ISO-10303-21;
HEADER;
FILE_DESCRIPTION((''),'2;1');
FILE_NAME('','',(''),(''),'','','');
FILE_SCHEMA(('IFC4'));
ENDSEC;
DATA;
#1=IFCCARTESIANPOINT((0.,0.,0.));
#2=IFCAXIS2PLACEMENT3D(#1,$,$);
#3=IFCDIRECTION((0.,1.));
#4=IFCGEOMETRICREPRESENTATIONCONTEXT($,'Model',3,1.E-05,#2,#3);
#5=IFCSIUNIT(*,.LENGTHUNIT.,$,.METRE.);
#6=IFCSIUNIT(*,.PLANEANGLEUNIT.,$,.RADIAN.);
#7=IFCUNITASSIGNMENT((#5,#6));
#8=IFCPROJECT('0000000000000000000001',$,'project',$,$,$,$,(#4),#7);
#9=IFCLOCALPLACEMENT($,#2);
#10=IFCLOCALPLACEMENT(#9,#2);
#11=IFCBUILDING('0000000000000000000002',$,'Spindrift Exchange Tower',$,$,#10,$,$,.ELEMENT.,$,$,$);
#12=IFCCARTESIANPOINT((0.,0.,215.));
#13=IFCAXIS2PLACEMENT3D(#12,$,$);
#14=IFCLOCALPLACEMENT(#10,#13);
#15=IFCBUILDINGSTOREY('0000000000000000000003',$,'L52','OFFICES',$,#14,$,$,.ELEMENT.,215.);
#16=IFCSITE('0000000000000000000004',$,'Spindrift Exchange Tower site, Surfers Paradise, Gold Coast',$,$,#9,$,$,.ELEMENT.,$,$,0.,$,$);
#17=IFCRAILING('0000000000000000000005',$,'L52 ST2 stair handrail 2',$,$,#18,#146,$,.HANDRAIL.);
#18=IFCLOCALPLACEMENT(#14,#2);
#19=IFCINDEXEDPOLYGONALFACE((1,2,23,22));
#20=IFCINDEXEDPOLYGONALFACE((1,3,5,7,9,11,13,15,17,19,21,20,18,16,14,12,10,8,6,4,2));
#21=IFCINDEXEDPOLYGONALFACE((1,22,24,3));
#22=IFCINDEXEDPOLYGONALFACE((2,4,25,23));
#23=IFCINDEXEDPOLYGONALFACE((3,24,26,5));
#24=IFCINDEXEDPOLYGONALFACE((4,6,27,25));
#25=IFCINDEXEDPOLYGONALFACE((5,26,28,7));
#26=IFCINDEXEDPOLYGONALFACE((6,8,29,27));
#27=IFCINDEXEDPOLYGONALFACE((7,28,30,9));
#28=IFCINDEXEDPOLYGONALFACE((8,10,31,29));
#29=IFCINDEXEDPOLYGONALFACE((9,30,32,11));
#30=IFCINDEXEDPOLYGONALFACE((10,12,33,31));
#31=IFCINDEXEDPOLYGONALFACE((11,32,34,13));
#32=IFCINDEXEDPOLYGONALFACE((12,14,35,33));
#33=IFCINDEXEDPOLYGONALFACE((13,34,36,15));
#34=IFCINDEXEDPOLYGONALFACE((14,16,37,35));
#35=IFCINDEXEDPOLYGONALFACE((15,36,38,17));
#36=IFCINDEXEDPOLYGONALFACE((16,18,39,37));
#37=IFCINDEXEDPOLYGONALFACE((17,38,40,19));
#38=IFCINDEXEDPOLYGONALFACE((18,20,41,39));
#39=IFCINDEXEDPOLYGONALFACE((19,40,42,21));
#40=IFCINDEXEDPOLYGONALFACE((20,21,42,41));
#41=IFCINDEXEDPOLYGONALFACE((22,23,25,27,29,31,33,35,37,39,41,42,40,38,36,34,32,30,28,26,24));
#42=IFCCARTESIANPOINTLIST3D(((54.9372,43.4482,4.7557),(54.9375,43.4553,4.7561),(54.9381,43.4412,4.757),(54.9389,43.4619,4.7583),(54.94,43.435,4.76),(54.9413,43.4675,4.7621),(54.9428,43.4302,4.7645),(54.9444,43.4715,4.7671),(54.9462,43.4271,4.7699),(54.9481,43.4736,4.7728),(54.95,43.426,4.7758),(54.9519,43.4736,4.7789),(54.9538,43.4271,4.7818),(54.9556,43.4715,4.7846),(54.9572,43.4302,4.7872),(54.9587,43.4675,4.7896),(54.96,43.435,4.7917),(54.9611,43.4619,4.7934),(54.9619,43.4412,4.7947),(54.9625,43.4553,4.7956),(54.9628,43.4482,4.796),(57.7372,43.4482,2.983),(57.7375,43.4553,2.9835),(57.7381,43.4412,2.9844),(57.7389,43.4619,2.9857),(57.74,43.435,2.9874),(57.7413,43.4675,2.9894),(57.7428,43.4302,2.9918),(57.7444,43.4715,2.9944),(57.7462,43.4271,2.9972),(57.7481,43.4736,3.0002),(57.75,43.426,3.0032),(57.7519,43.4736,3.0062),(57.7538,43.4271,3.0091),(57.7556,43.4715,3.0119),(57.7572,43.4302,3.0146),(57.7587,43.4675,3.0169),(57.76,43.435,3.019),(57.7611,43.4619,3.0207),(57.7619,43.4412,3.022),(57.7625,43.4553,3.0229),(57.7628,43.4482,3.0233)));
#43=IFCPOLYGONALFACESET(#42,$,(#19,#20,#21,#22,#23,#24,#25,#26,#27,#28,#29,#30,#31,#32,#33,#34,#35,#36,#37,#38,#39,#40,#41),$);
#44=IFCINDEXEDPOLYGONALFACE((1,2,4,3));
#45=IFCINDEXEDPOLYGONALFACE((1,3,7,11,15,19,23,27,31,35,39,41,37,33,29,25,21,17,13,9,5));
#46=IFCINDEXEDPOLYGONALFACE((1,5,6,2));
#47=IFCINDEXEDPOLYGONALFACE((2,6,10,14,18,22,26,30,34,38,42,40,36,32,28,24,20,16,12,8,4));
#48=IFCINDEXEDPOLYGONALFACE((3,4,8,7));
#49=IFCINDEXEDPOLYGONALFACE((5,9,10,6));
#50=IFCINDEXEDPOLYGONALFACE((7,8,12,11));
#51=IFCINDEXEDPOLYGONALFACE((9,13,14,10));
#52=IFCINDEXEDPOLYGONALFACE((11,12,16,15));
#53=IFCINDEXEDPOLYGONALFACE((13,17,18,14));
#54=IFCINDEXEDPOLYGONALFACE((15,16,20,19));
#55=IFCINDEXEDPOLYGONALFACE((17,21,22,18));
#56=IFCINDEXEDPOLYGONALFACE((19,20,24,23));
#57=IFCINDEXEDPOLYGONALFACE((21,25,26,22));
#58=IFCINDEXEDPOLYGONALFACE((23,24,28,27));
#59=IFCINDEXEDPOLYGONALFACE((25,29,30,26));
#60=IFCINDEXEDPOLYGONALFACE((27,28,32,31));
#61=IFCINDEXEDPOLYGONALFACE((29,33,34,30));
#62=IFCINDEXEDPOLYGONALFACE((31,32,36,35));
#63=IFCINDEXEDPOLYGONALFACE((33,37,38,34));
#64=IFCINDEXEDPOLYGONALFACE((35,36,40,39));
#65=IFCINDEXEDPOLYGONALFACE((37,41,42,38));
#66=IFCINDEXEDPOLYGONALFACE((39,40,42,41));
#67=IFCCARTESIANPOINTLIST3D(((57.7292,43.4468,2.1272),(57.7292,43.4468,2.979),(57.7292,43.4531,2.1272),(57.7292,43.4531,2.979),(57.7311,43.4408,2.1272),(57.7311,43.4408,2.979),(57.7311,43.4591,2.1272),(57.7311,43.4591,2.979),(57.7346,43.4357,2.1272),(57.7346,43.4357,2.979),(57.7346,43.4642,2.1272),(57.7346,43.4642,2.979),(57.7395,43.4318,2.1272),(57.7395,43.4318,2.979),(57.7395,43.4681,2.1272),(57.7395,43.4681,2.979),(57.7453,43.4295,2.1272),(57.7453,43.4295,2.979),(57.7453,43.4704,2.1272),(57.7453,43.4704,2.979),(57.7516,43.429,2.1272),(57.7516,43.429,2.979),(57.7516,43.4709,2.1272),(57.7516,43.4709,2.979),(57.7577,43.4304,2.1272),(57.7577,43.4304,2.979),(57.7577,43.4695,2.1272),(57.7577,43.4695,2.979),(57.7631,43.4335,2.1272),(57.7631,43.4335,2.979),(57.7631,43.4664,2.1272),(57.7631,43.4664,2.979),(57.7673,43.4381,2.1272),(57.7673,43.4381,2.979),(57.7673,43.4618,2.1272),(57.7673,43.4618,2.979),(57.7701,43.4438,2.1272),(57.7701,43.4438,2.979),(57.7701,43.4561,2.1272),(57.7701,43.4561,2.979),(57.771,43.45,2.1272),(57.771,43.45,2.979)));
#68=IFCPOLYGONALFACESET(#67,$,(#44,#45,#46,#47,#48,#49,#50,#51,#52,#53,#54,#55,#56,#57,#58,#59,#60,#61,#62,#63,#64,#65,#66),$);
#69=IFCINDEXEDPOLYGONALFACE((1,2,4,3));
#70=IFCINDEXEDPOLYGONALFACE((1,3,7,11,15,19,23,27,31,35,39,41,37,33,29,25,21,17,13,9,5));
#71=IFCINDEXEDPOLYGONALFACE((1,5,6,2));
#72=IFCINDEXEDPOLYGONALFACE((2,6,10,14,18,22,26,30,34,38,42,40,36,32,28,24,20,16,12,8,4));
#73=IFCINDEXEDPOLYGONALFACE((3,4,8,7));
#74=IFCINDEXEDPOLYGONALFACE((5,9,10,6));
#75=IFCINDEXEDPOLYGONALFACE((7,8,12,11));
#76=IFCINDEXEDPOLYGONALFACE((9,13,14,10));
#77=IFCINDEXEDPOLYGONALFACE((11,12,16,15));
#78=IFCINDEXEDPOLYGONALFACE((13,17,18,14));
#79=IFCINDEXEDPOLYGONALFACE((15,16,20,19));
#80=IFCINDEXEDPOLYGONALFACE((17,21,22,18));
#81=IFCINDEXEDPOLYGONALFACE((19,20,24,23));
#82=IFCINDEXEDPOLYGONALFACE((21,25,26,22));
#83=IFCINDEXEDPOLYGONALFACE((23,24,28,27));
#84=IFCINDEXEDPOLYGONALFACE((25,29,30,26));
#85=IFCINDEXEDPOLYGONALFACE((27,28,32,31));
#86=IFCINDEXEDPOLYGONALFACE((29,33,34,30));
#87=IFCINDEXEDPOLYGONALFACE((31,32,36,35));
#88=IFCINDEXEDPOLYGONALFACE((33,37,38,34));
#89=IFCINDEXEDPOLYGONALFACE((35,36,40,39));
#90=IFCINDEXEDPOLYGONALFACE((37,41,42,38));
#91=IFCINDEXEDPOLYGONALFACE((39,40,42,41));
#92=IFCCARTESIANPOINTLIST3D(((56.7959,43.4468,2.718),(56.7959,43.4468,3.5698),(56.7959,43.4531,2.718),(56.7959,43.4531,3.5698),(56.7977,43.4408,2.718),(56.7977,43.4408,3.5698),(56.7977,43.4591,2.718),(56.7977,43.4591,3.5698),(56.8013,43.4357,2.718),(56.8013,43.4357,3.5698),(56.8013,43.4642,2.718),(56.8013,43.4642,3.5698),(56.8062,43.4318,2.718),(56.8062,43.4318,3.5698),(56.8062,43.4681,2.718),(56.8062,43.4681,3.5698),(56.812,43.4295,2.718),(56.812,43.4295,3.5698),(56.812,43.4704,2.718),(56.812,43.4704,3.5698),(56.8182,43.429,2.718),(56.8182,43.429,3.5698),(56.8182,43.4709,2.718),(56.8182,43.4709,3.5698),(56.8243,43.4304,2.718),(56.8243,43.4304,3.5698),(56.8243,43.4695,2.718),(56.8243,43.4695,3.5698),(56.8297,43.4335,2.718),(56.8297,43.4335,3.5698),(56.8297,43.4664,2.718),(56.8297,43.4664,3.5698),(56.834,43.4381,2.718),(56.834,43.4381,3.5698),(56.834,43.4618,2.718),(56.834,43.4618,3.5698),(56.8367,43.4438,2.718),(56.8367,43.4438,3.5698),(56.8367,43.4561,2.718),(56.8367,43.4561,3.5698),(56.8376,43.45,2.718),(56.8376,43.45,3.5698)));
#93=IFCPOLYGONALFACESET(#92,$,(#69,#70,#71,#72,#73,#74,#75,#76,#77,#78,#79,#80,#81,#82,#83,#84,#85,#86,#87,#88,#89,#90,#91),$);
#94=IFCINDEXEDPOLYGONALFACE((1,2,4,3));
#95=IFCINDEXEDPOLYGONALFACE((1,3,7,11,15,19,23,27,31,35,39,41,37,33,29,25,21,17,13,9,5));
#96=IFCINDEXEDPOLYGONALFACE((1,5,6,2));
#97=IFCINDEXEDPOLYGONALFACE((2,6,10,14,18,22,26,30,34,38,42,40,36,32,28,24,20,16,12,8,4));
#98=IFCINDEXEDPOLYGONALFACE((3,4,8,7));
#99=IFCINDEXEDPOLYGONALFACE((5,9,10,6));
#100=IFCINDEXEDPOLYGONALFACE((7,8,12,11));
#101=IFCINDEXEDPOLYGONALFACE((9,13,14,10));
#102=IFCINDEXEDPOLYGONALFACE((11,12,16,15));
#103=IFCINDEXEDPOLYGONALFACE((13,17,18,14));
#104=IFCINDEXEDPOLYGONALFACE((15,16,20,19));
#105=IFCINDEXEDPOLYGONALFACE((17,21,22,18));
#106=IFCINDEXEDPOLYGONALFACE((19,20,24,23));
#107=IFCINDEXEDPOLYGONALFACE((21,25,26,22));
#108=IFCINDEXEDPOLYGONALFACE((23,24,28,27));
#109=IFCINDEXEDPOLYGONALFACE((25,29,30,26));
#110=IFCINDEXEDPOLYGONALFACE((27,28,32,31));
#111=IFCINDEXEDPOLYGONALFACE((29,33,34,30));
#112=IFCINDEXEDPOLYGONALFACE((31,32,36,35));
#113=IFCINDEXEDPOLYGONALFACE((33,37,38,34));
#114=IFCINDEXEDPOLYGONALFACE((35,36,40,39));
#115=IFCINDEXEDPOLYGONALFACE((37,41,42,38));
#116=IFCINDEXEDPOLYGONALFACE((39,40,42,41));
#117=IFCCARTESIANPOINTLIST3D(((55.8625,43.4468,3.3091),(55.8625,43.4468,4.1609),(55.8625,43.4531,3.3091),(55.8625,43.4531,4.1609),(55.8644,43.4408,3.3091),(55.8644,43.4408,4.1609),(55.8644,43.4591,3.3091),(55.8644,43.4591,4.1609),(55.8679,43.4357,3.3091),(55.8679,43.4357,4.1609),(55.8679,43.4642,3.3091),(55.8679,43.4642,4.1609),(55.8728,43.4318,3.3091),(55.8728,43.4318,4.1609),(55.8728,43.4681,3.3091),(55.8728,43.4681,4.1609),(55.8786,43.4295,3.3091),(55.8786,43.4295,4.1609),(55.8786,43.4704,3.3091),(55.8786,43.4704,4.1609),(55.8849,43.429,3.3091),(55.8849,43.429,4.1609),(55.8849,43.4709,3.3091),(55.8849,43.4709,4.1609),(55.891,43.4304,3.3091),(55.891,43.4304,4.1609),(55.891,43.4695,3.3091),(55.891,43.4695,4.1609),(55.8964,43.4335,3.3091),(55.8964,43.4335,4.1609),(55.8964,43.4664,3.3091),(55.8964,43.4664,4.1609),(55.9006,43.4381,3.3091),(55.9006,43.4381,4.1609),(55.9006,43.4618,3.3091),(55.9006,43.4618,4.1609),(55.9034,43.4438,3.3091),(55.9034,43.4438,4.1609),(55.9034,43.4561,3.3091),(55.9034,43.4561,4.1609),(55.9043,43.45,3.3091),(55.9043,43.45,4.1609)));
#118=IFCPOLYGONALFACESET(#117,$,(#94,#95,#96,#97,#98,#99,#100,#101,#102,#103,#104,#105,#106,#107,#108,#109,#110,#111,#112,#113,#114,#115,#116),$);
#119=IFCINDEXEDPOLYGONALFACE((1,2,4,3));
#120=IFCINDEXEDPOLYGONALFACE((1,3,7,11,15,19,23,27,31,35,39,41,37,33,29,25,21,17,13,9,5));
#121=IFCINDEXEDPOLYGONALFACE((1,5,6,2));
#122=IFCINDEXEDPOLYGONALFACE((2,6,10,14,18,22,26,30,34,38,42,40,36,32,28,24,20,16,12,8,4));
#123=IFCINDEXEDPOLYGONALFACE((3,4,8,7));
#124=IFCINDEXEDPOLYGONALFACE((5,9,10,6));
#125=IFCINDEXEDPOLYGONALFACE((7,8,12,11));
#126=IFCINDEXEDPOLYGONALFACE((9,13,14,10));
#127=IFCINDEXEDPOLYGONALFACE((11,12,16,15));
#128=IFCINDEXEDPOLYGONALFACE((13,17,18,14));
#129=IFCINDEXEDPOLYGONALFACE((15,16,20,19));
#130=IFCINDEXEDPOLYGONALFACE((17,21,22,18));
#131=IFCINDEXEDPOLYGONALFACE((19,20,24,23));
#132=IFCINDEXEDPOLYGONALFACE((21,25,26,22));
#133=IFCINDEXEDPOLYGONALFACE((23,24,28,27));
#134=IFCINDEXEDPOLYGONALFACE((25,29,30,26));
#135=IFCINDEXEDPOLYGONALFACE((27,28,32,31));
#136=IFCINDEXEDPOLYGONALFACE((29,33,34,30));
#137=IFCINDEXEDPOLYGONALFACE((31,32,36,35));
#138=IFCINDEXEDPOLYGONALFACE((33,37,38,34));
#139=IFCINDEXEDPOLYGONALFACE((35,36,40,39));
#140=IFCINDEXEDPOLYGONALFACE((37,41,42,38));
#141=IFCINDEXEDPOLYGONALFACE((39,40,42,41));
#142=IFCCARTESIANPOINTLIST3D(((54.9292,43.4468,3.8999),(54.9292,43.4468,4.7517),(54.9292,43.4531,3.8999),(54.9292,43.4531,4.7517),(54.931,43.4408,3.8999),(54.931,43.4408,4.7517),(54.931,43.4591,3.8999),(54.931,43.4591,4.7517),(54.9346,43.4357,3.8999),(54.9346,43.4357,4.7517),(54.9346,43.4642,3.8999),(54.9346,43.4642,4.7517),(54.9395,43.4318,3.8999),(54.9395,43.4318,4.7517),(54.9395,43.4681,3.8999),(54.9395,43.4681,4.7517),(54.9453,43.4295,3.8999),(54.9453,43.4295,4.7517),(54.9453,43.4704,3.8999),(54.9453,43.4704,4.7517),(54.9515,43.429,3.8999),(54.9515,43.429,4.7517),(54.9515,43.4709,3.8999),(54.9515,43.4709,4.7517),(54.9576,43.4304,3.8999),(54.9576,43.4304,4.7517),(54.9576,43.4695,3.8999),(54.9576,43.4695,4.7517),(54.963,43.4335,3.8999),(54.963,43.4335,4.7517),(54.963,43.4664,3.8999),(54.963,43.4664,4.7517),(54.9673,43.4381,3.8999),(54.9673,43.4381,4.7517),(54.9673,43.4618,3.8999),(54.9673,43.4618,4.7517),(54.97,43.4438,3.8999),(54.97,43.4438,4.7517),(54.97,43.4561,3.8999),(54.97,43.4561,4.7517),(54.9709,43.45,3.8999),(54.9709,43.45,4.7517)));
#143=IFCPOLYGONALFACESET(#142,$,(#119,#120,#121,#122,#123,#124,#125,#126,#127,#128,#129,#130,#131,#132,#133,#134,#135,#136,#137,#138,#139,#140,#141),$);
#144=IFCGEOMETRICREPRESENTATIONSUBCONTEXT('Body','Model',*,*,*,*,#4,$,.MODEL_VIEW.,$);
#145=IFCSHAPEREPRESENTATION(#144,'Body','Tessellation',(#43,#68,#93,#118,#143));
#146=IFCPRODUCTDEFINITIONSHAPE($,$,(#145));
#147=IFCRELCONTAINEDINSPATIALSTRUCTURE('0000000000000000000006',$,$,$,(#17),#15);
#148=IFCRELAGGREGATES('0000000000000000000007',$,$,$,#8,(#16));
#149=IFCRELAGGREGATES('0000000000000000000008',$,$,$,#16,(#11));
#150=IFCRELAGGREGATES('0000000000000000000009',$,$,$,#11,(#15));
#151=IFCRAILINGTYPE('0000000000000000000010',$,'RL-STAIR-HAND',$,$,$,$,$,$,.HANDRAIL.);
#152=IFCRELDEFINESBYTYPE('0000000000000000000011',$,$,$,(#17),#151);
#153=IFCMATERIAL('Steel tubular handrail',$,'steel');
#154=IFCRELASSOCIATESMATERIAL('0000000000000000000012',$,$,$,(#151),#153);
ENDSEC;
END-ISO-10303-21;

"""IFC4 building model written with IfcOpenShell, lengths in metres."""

from ifc_helpers import new_model, si_unit, direction, frame, origin, origin_2d, place, context, subcontext, project, spatial, circle, extrude, material, type_object, element, save


model = new_model("IFC4")

# Units and contexts
model_context = context("Model", 3, precision=1e-05, world=origin(), true_north=direction((0.0, 1.0)))
body_context = subcontext(model_context, "Body", "Model", "MODEL_VIEW")
ifc_project = project(units=[si_unit("LENGTHUNIT", "METRE"), si_unit("PLANEANGLEUNIT", "RADIAN")], contexts=[model_context])

# Site, building, storey
site_placement = place(None, origin())
site = spatial("IfcSite", under=ifc_project, at=site_placement, Name="Spindrift Exchange Tower site, Surfers Paradise, Gold Coast", CompositionType="ELEMENT", RefElevation=0.0)
building_placement = place(site_placement, origin())
building = spatial("IfcBuilding", under=site, at=building_placement, Name="Spindrift Exchange Tower", CompositionType="ELEMENT")
storey_placement = place(building_placement, frame((0.0, 0.0, 215.0)))
storey = spatial("IfcBuildingStorey", under=building, at=storey_placement, Name="L52", Description="OFFICES", CompositionType="ELEMENT", Elevation=215.0)

# Railing
ifc_material_1 = material(Name="Steel tubular handrail", Category="steel")
railing_type_1 = type_object("IfcRailingType", Name="RL-STAIR-HAND", PredefinedType="HANDRAIL", material=ifc_material_1)
railing_1_placement = place(storey_placement, frame((57.75, 43.45, 2.1272)))
element("IfcRailing", 1, at=railing_1_placement, inside=storey, type_object=railing_type_1, Name="L52 ST2 stair handrail 2", PredefinedType="HANDRAIL", context=body_context, shape_type="SweptSolid", body=[
    extrude(circle(Radius=0.0239, at=origin_2d()), frame((0.0, 0.0, 0.876), z_axis=(-0.844909, 0.0, 0.53491), x_axis=(0.0, -1.0, 0.0)), (0.0, 0.0, 1.0), 3.314),
    extrude(circle(Radius=0.021, at=origin_2d()), origin(), (0.0, 0.0, 1.0), 0.8518),
    extrude(circle(Radius=0.021, at=origin_2d()), frame((-0.9333, 0.0, 0.5908)), (0.0, 0.0, 1.0), 0.8518),
    extrude(circle(Radius=0.021, at=origin_2d()), frame((-1.8667, 0.0, 1.1819)), (0.0, 0.0, 1.0), 0.8518),
    extrude(circle(Radius=0.021, at=origin_2d()), frame((-2.8, 0.0, 1.7727)), (0.0, 0.0, 1.0), 0.8518),
])

save(model, "model.ifc")
